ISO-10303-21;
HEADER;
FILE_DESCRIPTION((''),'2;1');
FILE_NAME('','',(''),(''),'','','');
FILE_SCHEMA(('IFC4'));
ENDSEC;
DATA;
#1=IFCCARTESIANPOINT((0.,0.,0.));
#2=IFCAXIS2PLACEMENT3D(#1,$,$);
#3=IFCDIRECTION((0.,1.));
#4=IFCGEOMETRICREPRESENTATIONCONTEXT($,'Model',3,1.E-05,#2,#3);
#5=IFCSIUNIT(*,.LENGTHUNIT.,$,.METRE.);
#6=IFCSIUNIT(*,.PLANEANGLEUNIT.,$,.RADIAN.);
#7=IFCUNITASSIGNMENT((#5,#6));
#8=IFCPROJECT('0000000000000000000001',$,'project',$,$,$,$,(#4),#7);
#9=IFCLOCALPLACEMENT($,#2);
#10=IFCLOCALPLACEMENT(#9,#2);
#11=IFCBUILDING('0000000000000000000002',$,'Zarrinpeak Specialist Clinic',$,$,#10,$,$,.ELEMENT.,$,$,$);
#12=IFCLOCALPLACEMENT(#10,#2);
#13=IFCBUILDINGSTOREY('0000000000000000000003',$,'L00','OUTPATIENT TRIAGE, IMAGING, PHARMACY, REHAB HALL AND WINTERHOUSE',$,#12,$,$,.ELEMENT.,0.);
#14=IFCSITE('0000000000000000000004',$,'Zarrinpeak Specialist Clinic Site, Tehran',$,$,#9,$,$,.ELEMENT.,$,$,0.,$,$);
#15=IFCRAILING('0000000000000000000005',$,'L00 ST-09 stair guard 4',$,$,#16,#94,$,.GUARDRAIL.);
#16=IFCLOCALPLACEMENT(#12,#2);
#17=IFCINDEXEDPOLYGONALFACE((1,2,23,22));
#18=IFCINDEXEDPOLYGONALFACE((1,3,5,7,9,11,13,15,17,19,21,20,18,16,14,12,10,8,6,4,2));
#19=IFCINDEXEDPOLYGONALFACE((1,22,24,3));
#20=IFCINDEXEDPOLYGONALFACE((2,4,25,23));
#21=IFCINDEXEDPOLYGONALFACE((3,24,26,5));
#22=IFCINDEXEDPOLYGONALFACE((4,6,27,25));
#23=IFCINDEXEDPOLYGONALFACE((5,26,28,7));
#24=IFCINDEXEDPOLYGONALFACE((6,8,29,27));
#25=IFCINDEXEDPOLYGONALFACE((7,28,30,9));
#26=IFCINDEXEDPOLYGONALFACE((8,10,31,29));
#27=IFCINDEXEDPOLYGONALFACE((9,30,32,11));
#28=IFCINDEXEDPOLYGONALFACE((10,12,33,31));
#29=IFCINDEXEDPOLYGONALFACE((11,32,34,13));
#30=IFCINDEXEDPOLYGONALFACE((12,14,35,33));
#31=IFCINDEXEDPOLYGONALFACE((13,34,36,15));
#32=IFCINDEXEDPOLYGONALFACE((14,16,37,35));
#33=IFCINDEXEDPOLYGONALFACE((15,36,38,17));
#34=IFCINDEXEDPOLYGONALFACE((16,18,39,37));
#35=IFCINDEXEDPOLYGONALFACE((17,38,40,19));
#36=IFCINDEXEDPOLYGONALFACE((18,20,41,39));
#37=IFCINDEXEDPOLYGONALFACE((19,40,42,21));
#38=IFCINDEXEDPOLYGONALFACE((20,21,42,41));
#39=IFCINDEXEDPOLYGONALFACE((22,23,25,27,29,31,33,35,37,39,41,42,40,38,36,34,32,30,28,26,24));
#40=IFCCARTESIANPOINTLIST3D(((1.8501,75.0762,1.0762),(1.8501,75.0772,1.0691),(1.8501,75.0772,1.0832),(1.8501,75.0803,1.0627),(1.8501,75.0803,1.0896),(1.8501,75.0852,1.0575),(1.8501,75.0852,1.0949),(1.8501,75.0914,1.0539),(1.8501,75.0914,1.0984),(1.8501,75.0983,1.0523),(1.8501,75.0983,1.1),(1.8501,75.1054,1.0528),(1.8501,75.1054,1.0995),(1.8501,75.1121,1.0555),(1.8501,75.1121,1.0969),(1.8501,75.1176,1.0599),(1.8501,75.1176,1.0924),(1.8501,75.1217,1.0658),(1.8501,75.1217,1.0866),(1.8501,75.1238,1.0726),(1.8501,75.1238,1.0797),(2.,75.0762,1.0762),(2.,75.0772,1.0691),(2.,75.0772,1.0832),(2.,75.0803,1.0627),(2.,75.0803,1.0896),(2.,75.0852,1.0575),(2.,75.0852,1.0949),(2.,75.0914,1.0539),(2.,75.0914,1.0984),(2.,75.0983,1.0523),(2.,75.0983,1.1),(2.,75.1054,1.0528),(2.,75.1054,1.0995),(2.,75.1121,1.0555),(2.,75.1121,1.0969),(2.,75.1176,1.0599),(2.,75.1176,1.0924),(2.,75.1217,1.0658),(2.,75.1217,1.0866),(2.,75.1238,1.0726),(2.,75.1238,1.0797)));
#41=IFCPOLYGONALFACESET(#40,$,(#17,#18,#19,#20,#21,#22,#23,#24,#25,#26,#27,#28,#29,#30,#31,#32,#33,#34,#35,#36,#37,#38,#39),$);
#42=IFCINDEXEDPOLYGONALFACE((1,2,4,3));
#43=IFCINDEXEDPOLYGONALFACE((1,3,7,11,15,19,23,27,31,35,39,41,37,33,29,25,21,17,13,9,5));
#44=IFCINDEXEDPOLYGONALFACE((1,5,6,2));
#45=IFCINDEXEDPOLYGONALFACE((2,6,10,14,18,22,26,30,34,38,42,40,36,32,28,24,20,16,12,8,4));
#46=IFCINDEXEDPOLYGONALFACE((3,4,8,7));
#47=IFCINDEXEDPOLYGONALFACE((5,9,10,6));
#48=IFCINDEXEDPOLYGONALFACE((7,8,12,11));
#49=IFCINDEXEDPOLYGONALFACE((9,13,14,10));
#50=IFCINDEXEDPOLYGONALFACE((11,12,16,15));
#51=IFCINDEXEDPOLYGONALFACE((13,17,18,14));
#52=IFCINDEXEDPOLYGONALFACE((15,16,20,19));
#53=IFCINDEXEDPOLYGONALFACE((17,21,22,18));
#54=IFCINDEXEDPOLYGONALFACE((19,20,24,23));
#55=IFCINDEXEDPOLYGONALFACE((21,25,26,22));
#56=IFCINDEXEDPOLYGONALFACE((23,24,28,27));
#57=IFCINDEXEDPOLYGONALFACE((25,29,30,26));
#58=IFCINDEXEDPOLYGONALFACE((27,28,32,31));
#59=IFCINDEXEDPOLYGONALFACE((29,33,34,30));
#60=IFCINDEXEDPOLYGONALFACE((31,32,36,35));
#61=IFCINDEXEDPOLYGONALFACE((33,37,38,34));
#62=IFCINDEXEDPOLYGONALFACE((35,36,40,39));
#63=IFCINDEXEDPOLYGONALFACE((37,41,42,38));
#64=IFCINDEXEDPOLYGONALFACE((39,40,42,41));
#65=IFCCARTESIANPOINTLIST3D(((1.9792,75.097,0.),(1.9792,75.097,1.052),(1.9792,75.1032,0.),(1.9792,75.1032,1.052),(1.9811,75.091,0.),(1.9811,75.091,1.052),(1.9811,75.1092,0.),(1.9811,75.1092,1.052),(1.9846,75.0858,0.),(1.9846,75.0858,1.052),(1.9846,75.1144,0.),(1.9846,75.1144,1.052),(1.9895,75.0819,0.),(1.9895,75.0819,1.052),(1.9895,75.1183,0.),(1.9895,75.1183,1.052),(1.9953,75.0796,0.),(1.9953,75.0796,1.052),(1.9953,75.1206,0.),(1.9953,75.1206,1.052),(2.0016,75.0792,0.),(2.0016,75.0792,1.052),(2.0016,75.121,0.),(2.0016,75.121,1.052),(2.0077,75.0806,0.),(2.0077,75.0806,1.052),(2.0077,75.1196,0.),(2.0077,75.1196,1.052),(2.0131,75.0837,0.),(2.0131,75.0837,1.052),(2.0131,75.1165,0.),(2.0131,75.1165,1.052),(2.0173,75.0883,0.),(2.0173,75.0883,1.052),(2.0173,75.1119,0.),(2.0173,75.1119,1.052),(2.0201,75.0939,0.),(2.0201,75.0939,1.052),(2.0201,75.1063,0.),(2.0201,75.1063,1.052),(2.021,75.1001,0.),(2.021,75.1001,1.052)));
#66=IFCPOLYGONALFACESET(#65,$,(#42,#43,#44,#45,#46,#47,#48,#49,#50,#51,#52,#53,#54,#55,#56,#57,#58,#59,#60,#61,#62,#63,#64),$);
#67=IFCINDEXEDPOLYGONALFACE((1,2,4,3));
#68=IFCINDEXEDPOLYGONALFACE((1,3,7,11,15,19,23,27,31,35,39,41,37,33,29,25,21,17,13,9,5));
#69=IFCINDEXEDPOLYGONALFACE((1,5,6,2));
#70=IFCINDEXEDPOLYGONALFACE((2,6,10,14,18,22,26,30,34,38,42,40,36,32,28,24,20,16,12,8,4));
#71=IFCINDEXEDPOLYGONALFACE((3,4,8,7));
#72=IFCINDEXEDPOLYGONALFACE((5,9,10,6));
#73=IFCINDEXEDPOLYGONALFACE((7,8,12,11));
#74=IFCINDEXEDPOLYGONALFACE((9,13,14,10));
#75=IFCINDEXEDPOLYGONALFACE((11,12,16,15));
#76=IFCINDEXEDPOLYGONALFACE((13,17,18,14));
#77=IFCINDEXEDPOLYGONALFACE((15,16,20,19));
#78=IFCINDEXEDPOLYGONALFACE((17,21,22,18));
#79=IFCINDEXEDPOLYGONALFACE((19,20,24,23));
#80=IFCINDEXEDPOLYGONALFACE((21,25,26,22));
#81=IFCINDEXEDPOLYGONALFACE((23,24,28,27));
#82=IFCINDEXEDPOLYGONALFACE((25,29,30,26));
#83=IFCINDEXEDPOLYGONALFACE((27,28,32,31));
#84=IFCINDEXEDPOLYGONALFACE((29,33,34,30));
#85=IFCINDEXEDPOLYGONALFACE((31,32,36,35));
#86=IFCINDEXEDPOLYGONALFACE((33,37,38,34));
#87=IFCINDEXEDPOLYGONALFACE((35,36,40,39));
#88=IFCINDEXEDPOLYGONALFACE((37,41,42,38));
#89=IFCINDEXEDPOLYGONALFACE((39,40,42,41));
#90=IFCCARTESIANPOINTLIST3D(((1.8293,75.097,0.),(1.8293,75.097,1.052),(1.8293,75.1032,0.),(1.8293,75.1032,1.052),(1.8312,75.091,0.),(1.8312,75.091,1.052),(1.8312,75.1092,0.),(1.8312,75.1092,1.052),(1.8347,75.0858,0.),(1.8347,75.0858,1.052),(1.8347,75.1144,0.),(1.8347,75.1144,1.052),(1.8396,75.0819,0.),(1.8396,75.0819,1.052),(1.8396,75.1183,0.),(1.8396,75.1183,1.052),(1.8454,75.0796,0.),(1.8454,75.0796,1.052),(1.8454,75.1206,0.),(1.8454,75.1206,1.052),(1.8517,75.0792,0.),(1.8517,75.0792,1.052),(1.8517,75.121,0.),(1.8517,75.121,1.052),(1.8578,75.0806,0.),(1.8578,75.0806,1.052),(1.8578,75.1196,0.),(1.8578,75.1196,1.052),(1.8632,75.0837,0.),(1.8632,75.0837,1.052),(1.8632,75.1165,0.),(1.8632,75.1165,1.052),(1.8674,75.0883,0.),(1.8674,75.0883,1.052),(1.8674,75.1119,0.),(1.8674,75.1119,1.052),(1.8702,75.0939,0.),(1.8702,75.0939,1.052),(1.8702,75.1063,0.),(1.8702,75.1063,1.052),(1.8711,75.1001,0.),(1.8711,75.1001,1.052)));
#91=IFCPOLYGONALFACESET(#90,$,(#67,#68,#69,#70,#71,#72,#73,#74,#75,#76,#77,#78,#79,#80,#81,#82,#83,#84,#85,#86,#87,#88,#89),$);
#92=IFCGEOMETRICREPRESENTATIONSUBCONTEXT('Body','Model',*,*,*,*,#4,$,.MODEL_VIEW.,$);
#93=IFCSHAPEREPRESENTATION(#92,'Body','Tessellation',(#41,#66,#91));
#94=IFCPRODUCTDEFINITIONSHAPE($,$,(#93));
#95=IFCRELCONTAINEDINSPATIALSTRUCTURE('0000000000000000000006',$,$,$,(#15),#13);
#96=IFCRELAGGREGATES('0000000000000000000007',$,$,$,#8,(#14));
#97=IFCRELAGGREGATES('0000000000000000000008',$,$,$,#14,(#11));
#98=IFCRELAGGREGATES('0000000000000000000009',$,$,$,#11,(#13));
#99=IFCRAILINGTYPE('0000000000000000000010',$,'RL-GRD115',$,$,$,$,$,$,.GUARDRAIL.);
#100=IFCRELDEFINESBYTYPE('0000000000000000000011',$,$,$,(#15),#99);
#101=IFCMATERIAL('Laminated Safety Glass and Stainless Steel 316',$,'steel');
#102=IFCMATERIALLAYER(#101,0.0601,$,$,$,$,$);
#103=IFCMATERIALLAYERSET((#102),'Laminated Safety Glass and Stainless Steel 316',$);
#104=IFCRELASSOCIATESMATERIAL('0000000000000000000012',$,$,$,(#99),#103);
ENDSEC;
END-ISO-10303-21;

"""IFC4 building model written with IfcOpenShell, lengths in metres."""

from ifc_helpers import new_model, si_unit, direction, frame, origin, origin_2d, place, context, subcontext, project, spatial, circle, extrude, material, layer, layer_set, type_object, element, save


model = new_model("IFC4")

# Units and contexts
model_context = context("Model", 3, precision=1e-05, world=origin(), true_north=direction((0.0, 1.0)))
body_context = subcontext(model_context, "Body", "Model", "MODEL_VIEW")
ifc_project = project(units=[si_unit("LENGTHUNIT", "METRE"), si_unit("PLANEANGLEUNIT", "RADIAN")], contexts=[model_context])

# Site, building, storey
site_placement = place(None, origin())
site = spatial("IfcSite", under=ifc_project, at=site_placement, Name="Zarrinpeak Specialist Clinic Site, Tehran", CompositionType="ELEMENT", RefElevation=0.0)
building_placement = place(site_placement, origin())
building = spatial("IfcBuilding", under=site, at=building_placement, Name="Zarrinpeak Specialist Clinic", CompositionType="ELEMENT")
storey_placement = place(building_placement, origin())
storey = spatial("IfcBuildingStorey", under=building, at=storey_placement, Name="L00", Description="OUTPATIENT TRIAGE, IMAGING, PHARMACY, REHAB HALL AND WINTERHOUSE", CompositionType="ELEMENT", Elevation=0.0)

# Railing
ifc_material_1 = material(Name="Laminated Safety Glass and Stainless Steel 316", Category="steel")
ifc_layer_1 = layer(ifc_material_1, 0.0601)
ifc_layer_set_1 = layer_set([ifc_layer_1], Name="Laminated Safety Glass and Stainless Steel 316")
railing_type_1 = type_object("IfcRailingType", Name="RL-GRD115", PredefinedType="GUARDRAIL", material=ifc_layer_set_1)
railing_1_placement = place(storey_placement, frame((2.0, 75.1001, 0.0)))
element("IfcRailing", 1, at=railing_1_placement, inside=storey, type_object=railing_type_1, Name="L00 ST-09 stair guard 4", PredefinedType="GUARDRAIL", context=body_context, shape_type="SweptSolid", body=[
    extrude(circle(Radius=0.0239, at=origin_2d()), frame((0.0, 0.0, 1.0762), z_axis=(-1.0, 0.0, 0.0), x_axis=(0.0, -1.0, 0.0)), (0.0, 0.0, 1.0), 0.1499),
    extrude(circle(Radius=0.021, at=origin_2d()), origin(), (0.0, 0.0, 1.0), 1.052),
    extrude(circle(Radius=0.021, at=origin_2d()), frame((-0.1499, 0.0, 0.0)), (0.0, 0.0, 1.0), 1.052),
])

save(model, "model.ifc")
